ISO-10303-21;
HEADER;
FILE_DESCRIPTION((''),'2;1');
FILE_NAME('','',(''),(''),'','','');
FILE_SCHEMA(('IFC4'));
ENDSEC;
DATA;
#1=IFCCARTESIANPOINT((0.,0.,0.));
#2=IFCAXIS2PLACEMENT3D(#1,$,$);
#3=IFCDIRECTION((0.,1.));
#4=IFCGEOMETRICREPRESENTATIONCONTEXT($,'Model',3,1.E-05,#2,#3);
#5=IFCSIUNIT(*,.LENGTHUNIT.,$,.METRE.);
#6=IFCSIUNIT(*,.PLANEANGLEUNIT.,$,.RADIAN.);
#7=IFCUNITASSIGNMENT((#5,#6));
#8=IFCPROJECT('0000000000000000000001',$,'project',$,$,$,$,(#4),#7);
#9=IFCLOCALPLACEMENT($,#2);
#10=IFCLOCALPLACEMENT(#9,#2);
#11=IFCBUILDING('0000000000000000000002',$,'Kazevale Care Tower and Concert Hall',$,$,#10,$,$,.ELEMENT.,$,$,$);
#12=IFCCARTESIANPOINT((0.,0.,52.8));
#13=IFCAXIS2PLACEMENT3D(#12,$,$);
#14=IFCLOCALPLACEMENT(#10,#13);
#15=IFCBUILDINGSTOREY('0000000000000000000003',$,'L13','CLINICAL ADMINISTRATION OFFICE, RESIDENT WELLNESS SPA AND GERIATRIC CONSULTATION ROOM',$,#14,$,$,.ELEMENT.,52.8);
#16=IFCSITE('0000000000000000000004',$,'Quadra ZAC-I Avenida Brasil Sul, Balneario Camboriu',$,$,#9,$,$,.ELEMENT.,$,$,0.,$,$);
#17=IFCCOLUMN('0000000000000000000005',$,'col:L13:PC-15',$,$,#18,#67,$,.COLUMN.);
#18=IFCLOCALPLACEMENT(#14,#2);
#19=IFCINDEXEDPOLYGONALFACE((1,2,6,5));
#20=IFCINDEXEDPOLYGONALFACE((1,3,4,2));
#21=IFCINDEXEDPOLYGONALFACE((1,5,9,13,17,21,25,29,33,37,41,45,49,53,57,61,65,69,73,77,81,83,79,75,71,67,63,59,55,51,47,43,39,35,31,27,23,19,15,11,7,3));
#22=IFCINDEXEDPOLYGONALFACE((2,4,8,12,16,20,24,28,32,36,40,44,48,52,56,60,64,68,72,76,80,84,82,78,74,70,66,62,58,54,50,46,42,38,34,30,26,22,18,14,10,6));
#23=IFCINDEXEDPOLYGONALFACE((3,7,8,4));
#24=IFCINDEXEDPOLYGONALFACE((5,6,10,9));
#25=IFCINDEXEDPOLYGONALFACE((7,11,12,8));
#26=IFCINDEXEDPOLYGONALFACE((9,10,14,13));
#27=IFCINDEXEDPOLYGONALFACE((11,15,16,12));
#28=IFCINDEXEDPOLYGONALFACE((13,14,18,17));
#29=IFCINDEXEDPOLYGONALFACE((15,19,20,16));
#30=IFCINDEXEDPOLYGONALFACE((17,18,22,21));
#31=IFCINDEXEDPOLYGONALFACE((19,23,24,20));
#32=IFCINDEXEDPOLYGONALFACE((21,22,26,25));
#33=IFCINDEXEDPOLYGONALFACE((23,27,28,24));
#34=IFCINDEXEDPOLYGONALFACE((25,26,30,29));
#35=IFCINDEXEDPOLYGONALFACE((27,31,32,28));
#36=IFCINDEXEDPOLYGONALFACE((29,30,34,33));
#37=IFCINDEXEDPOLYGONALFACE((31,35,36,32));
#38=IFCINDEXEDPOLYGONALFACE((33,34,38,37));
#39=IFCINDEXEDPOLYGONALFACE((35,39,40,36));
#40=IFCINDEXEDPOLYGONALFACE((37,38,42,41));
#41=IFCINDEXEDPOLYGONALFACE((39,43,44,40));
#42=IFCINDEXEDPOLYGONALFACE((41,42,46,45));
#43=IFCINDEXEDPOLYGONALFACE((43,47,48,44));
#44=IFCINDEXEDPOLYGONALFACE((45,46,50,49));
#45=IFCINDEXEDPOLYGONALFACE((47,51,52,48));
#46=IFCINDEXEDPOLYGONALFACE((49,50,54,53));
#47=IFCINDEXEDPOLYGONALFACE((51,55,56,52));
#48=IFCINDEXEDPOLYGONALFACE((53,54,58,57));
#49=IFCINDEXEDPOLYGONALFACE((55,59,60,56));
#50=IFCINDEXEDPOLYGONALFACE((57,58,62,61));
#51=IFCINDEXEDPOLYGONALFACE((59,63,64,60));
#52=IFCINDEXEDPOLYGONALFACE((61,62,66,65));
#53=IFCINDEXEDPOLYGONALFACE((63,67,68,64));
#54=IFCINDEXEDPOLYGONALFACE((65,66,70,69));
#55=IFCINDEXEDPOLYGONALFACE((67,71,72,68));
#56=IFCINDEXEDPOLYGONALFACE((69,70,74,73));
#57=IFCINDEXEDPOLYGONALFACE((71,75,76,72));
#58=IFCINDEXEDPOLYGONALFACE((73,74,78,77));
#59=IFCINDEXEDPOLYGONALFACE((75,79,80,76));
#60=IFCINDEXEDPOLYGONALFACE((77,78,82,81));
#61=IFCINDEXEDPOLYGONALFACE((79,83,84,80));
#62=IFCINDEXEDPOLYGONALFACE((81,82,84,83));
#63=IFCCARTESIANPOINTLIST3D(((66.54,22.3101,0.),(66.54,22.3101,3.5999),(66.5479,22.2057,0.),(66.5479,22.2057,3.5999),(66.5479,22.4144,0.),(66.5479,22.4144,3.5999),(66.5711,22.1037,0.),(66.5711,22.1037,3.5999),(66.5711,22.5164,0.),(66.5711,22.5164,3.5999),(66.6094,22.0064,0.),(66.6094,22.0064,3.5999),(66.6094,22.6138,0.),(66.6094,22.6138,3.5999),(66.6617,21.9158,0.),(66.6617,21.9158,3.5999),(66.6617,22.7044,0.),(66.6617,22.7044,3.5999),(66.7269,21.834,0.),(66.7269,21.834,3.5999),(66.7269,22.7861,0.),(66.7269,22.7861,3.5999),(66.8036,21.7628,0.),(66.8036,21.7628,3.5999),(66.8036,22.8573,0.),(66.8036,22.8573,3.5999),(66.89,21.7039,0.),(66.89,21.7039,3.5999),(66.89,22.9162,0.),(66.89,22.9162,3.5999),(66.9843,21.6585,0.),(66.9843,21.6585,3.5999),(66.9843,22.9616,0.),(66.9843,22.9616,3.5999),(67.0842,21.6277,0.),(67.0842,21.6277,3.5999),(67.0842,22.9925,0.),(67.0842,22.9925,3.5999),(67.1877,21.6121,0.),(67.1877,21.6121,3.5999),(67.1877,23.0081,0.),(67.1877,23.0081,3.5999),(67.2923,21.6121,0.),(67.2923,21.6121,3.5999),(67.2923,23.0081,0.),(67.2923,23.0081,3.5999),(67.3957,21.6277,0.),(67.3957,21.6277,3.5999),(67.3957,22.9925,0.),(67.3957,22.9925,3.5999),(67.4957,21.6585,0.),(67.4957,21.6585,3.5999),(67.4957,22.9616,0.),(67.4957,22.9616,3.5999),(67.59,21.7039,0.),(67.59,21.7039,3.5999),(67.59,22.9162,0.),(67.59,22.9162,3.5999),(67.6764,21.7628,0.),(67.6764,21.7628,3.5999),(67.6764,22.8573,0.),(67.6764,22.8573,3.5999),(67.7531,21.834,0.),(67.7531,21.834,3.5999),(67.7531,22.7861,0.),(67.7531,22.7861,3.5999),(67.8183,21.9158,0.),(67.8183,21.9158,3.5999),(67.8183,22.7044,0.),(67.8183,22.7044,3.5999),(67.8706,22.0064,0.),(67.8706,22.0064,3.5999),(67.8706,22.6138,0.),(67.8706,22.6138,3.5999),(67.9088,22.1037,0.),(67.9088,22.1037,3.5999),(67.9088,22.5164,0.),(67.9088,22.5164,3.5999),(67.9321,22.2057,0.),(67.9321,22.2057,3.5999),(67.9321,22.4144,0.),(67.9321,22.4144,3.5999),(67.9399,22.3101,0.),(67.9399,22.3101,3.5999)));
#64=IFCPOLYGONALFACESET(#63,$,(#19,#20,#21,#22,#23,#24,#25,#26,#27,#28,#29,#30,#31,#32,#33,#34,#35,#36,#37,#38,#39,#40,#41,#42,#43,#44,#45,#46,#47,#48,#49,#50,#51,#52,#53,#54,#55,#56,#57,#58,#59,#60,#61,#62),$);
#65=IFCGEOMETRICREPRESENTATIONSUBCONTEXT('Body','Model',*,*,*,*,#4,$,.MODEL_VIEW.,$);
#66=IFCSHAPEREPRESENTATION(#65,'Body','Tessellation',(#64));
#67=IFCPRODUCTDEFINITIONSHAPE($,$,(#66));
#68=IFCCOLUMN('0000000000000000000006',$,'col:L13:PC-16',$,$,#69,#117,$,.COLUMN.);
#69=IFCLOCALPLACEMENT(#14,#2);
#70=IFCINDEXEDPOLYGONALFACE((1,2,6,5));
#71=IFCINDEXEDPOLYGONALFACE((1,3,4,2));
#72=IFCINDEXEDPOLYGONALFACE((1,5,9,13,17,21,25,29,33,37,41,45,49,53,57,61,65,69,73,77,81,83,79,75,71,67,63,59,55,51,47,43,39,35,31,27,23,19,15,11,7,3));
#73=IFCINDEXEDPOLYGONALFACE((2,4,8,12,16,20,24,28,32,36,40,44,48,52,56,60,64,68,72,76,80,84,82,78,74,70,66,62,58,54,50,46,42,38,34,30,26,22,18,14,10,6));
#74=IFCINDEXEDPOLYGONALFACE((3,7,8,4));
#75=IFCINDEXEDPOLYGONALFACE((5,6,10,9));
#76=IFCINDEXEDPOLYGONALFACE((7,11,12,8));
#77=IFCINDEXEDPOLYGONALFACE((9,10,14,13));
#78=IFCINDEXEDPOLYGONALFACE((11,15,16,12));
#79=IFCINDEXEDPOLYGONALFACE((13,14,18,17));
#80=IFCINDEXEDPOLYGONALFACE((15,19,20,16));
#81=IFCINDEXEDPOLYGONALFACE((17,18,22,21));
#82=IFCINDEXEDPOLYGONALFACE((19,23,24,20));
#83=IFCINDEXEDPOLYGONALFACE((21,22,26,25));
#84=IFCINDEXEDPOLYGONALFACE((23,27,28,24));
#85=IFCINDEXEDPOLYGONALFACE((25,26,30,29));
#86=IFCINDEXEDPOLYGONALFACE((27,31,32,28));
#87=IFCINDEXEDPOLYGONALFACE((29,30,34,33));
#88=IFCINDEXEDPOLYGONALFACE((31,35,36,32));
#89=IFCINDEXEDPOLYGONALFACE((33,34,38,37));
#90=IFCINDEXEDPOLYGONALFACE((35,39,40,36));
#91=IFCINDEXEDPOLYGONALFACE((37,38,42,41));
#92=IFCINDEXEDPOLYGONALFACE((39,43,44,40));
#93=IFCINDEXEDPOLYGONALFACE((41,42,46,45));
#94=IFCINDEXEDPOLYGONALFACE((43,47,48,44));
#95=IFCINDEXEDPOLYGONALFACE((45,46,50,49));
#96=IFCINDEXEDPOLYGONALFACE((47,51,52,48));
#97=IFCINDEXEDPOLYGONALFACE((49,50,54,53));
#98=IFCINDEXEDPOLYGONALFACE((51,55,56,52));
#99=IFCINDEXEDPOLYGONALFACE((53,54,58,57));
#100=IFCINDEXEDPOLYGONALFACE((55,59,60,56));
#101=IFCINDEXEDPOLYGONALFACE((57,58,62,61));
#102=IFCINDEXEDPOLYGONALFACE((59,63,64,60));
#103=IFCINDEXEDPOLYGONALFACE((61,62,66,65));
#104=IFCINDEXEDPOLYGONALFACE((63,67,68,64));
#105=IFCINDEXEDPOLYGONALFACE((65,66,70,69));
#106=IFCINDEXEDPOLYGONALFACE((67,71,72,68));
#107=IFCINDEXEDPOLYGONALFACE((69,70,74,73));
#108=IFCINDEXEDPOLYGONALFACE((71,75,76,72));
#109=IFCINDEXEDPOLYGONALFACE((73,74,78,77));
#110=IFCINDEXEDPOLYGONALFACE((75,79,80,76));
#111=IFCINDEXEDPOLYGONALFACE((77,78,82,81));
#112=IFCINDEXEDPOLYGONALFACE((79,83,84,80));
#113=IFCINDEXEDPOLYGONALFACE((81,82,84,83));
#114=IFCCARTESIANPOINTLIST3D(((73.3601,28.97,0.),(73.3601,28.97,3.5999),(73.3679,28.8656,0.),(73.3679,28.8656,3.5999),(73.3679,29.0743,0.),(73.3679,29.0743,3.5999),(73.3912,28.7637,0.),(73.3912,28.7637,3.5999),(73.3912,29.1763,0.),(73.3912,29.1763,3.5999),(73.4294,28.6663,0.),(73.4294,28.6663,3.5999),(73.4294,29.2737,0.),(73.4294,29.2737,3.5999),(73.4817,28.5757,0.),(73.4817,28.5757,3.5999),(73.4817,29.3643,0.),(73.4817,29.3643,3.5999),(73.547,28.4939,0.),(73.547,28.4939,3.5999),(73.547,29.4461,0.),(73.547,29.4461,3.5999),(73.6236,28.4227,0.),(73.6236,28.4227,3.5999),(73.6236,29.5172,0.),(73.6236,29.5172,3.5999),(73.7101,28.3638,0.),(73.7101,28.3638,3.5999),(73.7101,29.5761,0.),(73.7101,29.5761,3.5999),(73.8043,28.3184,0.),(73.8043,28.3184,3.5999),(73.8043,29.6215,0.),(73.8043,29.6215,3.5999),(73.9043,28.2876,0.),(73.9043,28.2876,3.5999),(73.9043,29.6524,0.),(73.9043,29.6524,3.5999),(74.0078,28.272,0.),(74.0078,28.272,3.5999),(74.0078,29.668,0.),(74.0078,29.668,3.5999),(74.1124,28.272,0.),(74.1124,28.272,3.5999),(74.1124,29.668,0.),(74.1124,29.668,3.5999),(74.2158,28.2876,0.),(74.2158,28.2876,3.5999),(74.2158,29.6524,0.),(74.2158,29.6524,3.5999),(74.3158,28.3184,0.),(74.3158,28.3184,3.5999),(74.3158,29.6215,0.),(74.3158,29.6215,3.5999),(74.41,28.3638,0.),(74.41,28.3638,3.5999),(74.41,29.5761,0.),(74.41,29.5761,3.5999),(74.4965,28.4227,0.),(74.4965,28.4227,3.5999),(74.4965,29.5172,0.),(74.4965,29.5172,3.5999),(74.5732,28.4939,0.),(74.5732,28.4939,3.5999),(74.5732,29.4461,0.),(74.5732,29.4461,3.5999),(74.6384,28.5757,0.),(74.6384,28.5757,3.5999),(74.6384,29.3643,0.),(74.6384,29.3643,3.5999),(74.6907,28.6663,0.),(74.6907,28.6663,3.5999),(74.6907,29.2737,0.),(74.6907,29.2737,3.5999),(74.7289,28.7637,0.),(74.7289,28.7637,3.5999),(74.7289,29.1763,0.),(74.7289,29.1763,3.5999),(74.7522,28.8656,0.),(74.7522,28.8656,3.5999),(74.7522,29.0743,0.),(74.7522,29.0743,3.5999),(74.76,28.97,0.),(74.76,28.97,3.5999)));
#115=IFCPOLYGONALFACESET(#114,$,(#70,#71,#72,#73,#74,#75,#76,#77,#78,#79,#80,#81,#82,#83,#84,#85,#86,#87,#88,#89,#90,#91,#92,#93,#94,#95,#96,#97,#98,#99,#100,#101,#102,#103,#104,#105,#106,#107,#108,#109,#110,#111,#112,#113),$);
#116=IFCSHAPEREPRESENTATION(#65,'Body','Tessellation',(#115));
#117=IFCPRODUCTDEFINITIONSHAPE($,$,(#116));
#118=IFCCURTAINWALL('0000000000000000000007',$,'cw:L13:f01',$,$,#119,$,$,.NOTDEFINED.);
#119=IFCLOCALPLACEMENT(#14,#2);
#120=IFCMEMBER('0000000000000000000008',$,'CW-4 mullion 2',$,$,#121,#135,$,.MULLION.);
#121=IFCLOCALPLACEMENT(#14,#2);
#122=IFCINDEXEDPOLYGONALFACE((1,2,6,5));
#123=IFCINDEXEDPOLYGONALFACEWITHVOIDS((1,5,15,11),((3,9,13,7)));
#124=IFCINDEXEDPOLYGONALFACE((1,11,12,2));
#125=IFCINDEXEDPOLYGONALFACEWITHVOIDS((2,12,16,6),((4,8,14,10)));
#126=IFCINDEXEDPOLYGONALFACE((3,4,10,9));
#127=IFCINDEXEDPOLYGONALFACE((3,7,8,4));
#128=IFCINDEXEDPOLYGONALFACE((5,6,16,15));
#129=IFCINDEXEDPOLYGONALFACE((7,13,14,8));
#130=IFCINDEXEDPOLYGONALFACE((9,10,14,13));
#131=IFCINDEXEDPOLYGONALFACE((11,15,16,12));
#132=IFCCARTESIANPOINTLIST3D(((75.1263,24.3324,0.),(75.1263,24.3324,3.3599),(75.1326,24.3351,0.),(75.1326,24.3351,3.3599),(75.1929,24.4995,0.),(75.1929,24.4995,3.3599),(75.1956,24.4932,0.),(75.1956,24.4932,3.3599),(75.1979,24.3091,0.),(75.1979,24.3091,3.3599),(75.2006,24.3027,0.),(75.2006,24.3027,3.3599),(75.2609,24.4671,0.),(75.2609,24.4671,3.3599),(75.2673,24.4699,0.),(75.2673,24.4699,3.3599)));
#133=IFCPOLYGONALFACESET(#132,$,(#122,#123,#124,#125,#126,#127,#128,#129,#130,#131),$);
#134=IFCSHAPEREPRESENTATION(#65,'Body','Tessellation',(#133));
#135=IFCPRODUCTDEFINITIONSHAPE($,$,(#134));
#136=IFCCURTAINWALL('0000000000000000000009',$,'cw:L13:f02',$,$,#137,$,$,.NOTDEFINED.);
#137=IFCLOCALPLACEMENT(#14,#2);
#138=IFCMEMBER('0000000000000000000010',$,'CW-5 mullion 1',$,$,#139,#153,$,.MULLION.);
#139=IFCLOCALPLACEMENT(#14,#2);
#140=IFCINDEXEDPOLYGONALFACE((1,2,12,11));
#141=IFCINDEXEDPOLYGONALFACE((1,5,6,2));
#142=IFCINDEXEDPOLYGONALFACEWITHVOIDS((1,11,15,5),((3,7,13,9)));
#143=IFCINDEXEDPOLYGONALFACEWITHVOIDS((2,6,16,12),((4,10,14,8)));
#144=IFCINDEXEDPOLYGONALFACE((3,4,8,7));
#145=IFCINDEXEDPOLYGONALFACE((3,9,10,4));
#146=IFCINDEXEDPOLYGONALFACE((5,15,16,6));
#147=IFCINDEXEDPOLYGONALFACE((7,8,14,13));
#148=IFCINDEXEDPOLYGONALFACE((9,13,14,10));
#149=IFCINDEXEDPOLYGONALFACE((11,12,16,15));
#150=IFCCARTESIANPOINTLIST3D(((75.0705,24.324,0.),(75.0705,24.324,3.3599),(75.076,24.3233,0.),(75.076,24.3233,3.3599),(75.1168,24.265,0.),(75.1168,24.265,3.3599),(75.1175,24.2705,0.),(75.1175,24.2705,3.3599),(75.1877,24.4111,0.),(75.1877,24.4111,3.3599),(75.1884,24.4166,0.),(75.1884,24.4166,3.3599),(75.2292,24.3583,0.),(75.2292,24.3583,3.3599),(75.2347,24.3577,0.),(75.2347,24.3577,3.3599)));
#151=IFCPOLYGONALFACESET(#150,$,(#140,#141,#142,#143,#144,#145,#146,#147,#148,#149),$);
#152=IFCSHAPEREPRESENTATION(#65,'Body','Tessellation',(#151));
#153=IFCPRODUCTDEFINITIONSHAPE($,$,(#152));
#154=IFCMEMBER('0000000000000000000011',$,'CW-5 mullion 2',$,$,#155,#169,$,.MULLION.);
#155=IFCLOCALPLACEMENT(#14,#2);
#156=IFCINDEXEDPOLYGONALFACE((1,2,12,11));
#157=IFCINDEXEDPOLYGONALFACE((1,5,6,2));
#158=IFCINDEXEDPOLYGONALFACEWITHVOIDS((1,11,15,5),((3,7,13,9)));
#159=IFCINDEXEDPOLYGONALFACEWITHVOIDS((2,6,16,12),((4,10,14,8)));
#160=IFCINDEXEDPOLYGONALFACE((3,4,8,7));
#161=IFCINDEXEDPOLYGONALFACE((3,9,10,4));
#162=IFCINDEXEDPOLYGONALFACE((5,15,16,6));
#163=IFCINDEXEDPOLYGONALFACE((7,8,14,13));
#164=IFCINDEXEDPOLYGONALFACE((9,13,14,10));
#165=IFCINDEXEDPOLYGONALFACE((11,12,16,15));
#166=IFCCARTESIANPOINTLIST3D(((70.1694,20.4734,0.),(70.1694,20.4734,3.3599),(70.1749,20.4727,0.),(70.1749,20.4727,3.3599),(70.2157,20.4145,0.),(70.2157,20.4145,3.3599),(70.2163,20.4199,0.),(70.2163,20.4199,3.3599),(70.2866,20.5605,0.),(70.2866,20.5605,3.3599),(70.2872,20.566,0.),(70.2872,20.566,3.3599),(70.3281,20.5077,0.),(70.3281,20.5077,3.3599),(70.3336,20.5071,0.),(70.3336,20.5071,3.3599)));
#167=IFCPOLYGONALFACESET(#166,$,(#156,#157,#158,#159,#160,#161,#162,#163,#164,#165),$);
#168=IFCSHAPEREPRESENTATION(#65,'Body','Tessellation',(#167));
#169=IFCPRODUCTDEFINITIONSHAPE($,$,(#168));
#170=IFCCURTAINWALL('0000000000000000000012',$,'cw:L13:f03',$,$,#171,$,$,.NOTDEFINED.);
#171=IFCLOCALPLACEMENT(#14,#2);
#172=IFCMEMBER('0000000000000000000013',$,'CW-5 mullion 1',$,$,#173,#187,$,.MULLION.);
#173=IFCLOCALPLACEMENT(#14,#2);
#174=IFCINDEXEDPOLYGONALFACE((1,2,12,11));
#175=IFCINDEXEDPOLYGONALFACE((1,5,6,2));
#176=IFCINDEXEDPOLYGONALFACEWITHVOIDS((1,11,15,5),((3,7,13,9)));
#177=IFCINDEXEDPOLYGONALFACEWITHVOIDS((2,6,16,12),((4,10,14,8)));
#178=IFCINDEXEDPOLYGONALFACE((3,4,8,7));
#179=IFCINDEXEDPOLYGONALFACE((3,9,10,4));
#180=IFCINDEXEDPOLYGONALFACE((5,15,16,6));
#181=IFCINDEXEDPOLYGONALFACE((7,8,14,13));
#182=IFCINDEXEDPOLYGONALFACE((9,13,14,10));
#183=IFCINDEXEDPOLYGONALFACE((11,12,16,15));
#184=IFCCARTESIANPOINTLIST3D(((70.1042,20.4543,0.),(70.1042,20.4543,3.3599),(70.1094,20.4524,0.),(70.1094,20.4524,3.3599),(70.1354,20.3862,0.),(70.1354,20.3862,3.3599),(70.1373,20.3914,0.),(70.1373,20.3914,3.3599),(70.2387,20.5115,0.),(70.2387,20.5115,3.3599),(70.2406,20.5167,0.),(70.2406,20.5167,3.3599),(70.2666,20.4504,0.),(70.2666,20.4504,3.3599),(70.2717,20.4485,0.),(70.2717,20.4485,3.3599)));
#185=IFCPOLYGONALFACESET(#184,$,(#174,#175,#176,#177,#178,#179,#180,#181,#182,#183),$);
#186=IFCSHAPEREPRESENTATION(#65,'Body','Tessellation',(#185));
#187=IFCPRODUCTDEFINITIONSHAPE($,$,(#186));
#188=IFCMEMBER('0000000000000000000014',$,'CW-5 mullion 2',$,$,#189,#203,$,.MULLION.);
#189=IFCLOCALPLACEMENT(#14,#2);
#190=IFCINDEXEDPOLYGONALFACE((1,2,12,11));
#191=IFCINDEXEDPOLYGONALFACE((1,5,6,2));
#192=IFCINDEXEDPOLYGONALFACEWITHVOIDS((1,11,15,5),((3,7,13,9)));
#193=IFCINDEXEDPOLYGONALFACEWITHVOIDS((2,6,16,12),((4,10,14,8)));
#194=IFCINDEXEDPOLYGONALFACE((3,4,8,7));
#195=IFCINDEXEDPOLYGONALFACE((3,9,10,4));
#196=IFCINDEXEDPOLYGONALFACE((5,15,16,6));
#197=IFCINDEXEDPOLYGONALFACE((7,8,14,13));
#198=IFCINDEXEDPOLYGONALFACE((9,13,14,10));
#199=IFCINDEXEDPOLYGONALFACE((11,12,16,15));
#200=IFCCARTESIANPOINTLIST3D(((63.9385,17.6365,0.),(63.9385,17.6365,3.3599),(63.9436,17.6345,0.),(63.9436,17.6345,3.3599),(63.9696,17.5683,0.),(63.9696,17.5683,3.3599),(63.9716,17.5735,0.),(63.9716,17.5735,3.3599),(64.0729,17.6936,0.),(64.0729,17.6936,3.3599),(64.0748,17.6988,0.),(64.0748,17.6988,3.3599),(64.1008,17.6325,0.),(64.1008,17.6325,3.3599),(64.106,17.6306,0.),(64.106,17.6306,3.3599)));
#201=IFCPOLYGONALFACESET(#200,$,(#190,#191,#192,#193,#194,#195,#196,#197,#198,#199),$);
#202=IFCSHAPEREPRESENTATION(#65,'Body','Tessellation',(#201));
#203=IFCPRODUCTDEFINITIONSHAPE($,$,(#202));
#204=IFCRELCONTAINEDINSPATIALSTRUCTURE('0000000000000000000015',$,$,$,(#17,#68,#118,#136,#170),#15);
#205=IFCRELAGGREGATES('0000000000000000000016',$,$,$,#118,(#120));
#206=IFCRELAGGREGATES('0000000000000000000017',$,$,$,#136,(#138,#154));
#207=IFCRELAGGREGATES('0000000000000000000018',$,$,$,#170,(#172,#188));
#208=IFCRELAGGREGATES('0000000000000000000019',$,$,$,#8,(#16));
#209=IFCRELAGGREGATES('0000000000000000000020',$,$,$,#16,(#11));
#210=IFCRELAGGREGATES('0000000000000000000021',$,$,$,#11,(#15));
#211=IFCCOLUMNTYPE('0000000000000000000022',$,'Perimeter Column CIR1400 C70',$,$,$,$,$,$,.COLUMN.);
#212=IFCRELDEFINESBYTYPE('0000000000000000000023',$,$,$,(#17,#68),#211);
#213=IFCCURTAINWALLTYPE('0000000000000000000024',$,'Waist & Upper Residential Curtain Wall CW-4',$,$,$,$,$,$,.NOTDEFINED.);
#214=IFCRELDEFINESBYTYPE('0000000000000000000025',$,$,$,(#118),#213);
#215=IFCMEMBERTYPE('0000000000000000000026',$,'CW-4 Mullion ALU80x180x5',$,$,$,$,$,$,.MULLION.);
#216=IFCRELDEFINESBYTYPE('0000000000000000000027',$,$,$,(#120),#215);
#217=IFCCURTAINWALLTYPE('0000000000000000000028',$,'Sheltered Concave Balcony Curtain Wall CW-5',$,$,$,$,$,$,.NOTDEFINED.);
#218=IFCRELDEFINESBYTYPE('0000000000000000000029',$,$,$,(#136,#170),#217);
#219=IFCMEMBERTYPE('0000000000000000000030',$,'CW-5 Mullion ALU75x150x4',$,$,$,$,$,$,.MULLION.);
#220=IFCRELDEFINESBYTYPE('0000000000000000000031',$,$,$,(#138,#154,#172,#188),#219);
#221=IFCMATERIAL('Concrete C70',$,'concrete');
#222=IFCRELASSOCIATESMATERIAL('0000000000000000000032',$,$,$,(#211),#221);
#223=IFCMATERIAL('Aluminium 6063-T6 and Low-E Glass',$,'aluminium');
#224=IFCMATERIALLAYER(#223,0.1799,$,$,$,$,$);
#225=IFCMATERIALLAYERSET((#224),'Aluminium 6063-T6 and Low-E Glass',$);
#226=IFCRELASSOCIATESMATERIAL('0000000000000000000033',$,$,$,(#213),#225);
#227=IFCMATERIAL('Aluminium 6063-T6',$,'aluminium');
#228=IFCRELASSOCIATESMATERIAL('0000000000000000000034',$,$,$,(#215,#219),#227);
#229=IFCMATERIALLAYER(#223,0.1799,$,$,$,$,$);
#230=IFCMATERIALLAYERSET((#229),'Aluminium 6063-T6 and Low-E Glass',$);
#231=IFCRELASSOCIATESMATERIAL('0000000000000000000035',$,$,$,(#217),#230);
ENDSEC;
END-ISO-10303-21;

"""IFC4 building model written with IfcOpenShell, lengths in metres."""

from ifc_helpers import new_model, si_unit, direction, frame, origin, origin_2d, place, context, subcontext, project, spatial, hollow_rectangle, circle, extrude, material, layer, layer_set, material_profile, profile_set, type_object, element, aggregate, save


model = new_model("IFC4")

# Units and contexts
model_context = context("Model", 3, precision=1e-05, world=origin(), true_north=direction((0.0, 1.0)))
body_context = subcontext(model_context, "Body", "Model", "MODEL_VIEW")
ifc_project = project(units=[si_unit("LENGTHUNIT", "METRE"), si_unit("PLANEANGLEUNIT", "RADIAN")], contexts=[model_context])

# Site, building, storey
site_placement = place(None, origin())
site = spatial("IfcSite", under=ifc_project, at=site_placement, Name="Quadra ZAC-I Avenida Brasil Sul, Balneario Camboriu", CompositionType="ELEMENT", RefElevation=0.0)
building_placement = place(site_placement, origin())
building = spatial("IfcBuilding", under=site, at=building_placement, Name="Kazevale Care Tower and Concert Hall", CompositionType="ELEMENT")
storey_placement = place(building_placement, frame((0.0, 0.0, 52.8)))
storey = spatial("IfcBuildingStorey", under=building, at=storey_placement, Name="L13", Description="CLINICAL ADMINISTRATION OFFICE, RESIDENT WELLNESS SPA AND GERIATRIC CONSULTATION ROOM", CompositionType="ELEMENT", Elevation=52.8)

# Columns
ifc_material_1 = material(Name="Concrete C70", Category="concrete")
ifc_material_profile_1 = material_profile(ifc_material_1, circle(Radius=0.7, at=origin_2d()), Name="RC-CIR1400")
ifc_profile_set_1 = profile_set([ifc_material_profile_1], Name="Concrete C70")
column_type = type_object("IfcColumnType", Name="Perimeter Column CIR1400 C70", PredefinedType="COLUMN", material=ifc_profile_set_1)
for number, where, z_axis, x_axis, name in (
    (1, (67.24, 22.3101, 0.0), (0.0, 0.0, 1.0), (1.0, 0.0, 0.0), "col:L13:PC-15"),
    (2, (74.0601, 28.97, 0.0), (0.0, 0.0, 1.0), (1.0, 0.0, 0.0), "col:L13:PC-16"),
):
    element("IfcColumn", number, at=place(storey_placement, frame(where, z_axis=z_axis, x_axis=x_axis)), inside=storey, type_object=column_type, Name=name, PredefinedType="COLUMN", context=body_context, shape_type="SweptSolid", body=[
        extrude(circle(Radius=0.7, at=origin_2d()), origin(), (0.0, 0.0, 1.0), 3.5999),
    ])

# Curtain wall, member
ifc_material_2 = material(Name="Aluminium 6063-T6 and Low-E Glass", Category="aluminium")
ifc_layer_1 = layer(ifc_material_2, 0.1799)
ifc_layer_set_1 = layer_set([ifc_layer_1], Name="Aluminium 6063-T6 and Low-E Glass")
curtain_wall_type_1 = type_object("IfcCurtainWallType", Name="Waist & Upper Residential Curtain Wall CW-4", PredefinedType="NOTDEFINED", material=ifc_layer_set_1)
curtain_wall_1_placement = place(storey_placement, origin())
curtain_wall_1 = element("IfcCurtainWall", 3, at=curtain_wall_1_placement, inside=storey, type_object=curtain_wall_type_1, Name="cw:L13:f01", PredefinedType="NOTDEFINED")
ifc_material_3 = material(Name="Aluminium 6063-T6", Category="aluminium")
ifc_material_profile_2 = material_profile(ifc_material_3, hollow_rectangle(XDim=0.0801, YDim=0.1799, WallThickness=0.0049, at=origin_2d()), Name="ALU80x180x5")
ifc_profile_set_2 = profile_set([ifc_material_profile_2], Name="Aluminium 6063-T6")
member_type_1 = type_object("IfcMemberType", Name="CW-4 Mullion ALU80x180x5", PredefinedType="MULLION", material=ifc_profile_set_2)
member_1_placement = place(storey_placement, frame((75.1968, 24.4011, 0.0), z_axis=(0.0, 0.0, 1.0), x_axis=(0.928861, -0.370427, 0.0)))
member_1 = element("IfcMember", 4, at=member_1_placement, type_object=member_type_1, Name="CW-4 mullion 2", PredefinedType="MULLION", context=body_context, shape_type="SweptSolid", body=[
    extrude(hollow_rectangle(XDim=0.0801, YDim=0.1799, WallThickness=0.0049, at=origin_2d()), origin(), (0.0, 0.0, 1.0), 3.3599),
])
aggregate(curtain_wall_1, [member_1])

# Curtain walls, members
ifc_layer_2 = layer(ifc_material_2, 0.1799)
ifc_layer_set_2 = layer_set([ifc_layer_2], Name="Aluminium 6063-T6 and Low-E Glass")
curtain_wall_type_2 = type_object("IfcCurtainWallType", Name="Sheltered Concave Balcony Curtain Wall CW-5", PredefinedType="NOTDEFINED", material=ifc_layer_set_2)
curtain_wall_2_placement = place(storey_placement, origin())
curtain_wall_2 = element("IfcCurtainWall", 5, at=curtain_wall_2_placement, inside=storey, type_object=curtain_wall_type_2, Name="cw:L13:f02", PredefinedType="NOTDEFINED")
ifc_material_profile_3 = material_profile(ifc_material_3, hollow_rectangle(XDim=0.075, YDim=0.1499, WallThickness=0.0039, at=origin_2d()), Name="ALU75x150x4")
ifc_profile_set_3 = profile_set([ifc_material_profile_3], Name="Aluminium 6063-T6")
member_type_2 = type_object("IfcMemberType", Name="CW-5 Mullion ALU75x150x4", PredefinedType="MULLION", material=ifc_profile_set_3)
member_2_placement = place(storey_placement, frame((75.1526, 24.3408, 0.0), z_axis=(0.0, 0.0, 1.0), x_axis=(0.617808, -0.786329, 0.0)))
member_2 = element("IfcMember", 6, at=member_2_placement, type_object=member_type_2, Name="CW-5 mullion 1", PredefinedType="MULLION", context=body_context, shape_type="SweptSolid", body=[
    extrude(hollow_rectangle(XDim=0.075, YDim=0.1499, WallThickness=0.0039, at=origin_2d()), origin(), (0.0, 0.0, 1.0), 3.3599),
])
member_3_placement = place(storey_placement, frame((70.2515, 20.4902, 0.0), z_axis=(0.0, 0.0, 1.0), x_axis=(0.617808, -0.786329, 0.0)))
member_3 = element("IfcMember", 7, at=member_3_placement, type_object=member_type_2, Name="CW-5 mullion 2", PredefinedType="MULLION", context=body_context, shape_type="SweptSolid", body=[
    extrude(hollow_rectangle(XDim=0.075, YDim=0.1499, WallThickness=0.0039, at=origin_2d()), origin(), (0.0, 0.0, 1.0), 3.3599),
])
curtain_wall_3_placement = place(storey_placement, origin())
curtain_wall_3 = element("IfcCurtainWall", 8, at=curtain_wall_3_placement, inside=storey, type_object=curtain_wall_type_2, Name="cw:L13:f03", PredefinedType="NOTDEFINED")
member_4_placement = place(storey_placement, frame((70.188, 20.4514, 0.0), z_axis=(0.0, 0.0, 1.0), x_axis=(0.41566, -0.90952, 0.0)))
member_4 = element("IfcMember", 9, at=member_4_placement, type_object=member_type_2, Name="CW-5 mullion 1", PredefinedType="MULLION", context=body_context, shape_type="SweptSolid", body=[
    extrude(hollow_rectangle(XDim=0.075, YDim=0.1499, WallThickness=0.0039, at=origin_2d()), origin(), (0.0, 0.0, 1.0), 3.3599),
])
member_5_placement = place(storey_placement, frame((64.0222, 17.6335, 0.0), z_axis=(0.0, 0.0, 1.0), x_axis=(0.41566, -0.90952, 0.0)))
member_5 = element("IfcMember", 10, at=member_5_placement, type_object=member_type_2, Name="CW-5 mullion 2", PredefinedType="MULLION", context=body_context, shape_type="SweptSolid", body=[
    extrude(hollow_rectangle(XDim=0.075, YDim=0.1499, WallThickness=0.0039, at=origin_2d()), origin(), (0.0, 0.0, 1.0), 3.3599),
])

aggregate(curtain_wall_2, [member_2, member_3])
aggregate(curtain_wall_3, [member_4, member_5])

save(model, "model.ifc")
